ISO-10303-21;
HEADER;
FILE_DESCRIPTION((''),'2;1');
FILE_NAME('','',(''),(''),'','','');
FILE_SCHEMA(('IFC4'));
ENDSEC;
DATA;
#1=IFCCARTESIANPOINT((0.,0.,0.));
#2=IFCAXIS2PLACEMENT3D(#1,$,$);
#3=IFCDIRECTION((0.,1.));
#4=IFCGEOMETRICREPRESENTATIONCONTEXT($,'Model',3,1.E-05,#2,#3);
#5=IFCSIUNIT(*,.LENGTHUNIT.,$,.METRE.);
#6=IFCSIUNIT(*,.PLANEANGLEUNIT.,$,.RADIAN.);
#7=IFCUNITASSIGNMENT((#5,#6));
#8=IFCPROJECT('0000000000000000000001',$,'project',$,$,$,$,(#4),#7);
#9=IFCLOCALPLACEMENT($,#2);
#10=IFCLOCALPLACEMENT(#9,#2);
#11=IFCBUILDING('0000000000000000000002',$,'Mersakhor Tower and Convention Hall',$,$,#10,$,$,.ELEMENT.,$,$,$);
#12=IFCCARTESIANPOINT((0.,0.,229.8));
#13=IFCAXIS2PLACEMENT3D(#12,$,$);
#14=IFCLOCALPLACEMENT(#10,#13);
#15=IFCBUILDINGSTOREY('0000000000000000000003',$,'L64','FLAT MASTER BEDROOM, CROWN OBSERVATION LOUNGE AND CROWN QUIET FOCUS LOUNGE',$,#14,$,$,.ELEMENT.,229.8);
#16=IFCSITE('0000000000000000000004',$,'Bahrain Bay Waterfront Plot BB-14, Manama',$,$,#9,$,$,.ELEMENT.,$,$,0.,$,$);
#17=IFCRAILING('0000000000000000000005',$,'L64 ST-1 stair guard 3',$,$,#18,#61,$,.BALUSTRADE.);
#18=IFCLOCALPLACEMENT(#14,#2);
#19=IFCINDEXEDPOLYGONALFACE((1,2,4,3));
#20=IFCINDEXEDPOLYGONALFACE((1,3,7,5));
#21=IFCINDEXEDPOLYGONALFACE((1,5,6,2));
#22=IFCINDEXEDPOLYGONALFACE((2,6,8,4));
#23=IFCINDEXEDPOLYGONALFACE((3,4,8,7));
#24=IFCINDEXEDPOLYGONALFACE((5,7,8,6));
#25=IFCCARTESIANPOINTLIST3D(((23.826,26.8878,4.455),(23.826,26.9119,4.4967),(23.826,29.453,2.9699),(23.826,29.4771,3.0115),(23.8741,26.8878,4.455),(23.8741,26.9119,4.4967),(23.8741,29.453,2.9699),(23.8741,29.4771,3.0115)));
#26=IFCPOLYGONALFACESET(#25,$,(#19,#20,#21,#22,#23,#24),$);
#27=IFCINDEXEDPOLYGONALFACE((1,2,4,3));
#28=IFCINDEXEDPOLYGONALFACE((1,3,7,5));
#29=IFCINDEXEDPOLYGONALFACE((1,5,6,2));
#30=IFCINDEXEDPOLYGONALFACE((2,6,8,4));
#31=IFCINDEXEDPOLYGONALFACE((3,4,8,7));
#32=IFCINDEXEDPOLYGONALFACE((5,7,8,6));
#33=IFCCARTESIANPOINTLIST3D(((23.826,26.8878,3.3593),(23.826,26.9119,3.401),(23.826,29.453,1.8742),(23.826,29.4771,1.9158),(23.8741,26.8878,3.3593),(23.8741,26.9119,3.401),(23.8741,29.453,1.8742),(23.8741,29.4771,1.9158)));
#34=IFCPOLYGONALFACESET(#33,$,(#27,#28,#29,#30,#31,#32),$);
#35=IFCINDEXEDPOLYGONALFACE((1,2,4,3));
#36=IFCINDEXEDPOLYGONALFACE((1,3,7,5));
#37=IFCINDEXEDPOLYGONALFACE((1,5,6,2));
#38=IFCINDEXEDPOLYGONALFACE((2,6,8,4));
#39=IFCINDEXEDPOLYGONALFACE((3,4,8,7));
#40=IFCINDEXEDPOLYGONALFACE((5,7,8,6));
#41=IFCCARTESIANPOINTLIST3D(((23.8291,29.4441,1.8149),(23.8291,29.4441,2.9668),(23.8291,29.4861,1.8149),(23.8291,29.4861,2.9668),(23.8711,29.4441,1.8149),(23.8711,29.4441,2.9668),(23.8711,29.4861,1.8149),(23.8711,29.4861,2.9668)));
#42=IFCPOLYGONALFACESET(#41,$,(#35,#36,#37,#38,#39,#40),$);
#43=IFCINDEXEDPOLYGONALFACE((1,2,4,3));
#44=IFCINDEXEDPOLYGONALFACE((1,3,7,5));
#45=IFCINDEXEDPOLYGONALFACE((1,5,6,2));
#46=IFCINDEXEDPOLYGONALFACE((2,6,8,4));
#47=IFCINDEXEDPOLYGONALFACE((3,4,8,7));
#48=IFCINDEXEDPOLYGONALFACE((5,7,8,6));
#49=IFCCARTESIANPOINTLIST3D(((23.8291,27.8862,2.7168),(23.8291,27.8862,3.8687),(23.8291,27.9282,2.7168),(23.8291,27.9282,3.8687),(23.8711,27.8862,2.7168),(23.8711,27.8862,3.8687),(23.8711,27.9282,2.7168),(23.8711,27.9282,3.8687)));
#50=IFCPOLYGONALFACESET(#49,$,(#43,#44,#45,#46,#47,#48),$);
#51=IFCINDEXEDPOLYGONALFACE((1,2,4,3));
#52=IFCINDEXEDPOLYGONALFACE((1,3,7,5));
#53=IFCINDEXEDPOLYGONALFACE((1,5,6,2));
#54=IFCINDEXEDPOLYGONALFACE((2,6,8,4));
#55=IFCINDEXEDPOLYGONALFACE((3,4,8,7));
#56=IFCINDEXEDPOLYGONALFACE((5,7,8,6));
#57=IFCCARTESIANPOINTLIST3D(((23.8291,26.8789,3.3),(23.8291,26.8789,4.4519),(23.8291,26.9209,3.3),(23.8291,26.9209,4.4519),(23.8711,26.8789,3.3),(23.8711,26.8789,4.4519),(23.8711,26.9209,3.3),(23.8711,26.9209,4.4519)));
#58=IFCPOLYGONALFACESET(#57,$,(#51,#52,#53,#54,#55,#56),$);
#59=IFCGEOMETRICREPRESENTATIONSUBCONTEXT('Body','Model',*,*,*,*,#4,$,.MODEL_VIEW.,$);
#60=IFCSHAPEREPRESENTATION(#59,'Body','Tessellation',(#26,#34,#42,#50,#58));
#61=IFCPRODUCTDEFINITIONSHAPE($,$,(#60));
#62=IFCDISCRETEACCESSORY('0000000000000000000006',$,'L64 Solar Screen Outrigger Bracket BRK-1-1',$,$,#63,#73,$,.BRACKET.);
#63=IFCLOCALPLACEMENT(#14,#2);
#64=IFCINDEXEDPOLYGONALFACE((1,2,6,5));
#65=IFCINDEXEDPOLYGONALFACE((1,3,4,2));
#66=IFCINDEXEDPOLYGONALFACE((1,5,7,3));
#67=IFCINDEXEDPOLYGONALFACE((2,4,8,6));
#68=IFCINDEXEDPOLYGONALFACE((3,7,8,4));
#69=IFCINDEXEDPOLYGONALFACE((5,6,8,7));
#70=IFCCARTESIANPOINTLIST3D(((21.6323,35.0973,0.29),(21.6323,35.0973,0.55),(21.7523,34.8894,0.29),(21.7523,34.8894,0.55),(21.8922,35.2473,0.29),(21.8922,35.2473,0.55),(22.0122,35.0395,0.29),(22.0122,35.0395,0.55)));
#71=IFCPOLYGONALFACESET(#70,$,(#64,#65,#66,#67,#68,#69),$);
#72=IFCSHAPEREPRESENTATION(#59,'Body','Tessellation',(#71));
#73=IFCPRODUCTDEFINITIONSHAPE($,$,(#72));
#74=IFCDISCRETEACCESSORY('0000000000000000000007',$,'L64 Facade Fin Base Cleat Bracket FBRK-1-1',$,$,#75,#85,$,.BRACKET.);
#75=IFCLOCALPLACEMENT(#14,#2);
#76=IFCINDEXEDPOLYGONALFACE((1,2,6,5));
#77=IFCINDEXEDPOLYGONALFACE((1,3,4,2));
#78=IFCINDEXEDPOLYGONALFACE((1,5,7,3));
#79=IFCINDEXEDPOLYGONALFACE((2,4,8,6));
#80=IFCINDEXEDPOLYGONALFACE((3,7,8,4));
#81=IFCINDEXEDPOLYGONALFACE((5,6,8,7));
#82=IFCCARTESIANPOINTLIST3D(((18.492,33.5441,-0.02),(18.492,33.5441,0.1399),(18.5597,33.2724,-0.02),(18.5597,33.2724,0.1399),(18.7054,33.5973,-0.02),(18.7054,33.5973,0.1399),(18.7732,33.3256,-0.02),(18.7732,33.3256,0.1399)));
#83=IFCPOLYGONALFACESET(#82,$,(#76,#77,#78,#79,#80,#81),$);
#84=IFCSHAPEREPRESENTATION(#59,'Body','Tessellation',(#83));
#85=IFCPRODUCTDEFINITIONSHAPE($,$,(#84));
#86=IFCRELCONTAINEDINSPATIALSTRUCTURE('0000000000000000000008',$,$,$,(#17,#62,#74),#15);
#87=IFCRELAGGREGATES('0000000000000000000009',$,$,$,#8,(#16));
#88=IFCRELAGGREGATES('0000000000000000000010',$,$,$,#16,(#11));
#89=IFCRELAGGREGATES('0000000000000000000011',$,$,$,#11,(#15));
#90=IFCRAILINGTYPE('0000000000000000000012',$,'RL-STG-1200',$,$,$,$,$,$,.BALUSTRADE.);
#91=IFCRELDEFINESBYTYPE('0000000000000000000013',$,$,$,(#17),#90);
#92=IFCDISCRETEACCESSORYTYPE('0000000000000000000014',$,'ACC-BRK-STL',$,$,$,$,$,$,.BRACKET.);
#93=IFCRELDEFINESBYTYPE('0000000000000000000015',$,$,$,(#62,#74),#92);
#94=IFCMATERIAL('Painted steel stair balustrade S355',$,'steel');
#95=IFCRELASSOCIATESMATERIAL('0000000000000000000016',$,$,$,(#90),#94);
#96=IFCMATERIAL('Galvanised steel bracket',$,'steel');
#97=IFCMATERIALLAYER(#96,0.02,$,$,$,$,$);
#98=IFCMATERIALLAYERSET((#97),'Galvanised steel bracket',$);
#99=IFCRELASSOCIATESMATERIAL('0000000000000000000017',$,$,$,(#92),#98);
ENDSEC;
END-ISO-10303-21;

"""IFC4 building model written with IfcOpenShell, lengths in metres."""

from ifc_helpers import new_model, si_unit, direction, frame, origin, origin_2d, place, context, subcontext, project, spatial, rectangle, extrude, material, layer, layer_set, type_object, element, save


model = new_model("IFC4")

# Units and contexts
model_context = context("Model", 3, precision=1e-05, world=origin(), true_north=direction((0.0, 1.0)))
body_context = subcontext(model_context, "Body", "Model", "MODEL_VIEW")
ifc_project = project(units=[si_unit("LENGTHUNIT", "METRE"), si_unit("PLANEANGLEUNIT", "RADIAN")], contexts=[model_context])

# Site, building, storey
site_placement = place(None, origin())
site = spatial("IfcSite", under=ifc_project, at=site_placement, Name="Bahrain Bay Waterfront Plot BB-14, Manama", CompositionType="ELEMENT", RefElevation=0.0)
building_placement = place(site_placement, origin())
building = spatial("IfcBuilding", under=site, at=building_placement, Name="Mersakhor Tower and Convention Hall", CompositionType="ELEMENT")
storey_placement = place(building_placement, frame((0.0, 0.0, 229.8)))
storey = spatial("IfcBuildingStorey", under=building, at=storey_placement, Name="L64", Description="FLAT MASTER BEDROOM, CROWN OBSERVATION LOUNGE AND CROWN QUIET FOCUS LOUNGE", CompositionType="ELEMENT", Elevation=229.8)

# Railing
ifc_material_1 = material(Name="Painted steel stair balustrade S355", Category="steel")
railing_type_1 = type_object("IfcRailingType", Name="RL-STG-1200", PredefinedType="BALUSTRADE", material=ifc_material_1)
railing_1_placement = place(storey_placement, frame((23.8501, 29.4651, 1.8149)))
element("IfcRailing", 1, at=railing_1_placement, inside=storey, type_object=railing_type_1, Name="L64 ST-1 stair guard 3", PredefinedType="BALUSTRADE", context=body_context, shape_type="SweptSolid", body=[
    extrude(rectangle(XDim=0.0481, YDim=0.0481, at=origin_2d()), frame((0.0, 0.0, 1.1758), z_axis=(0.0, -0.865426, 0.501036), x_axis=(1.0, 0.0, 0.0)), (0.0, 0.0, 1.0), 2.9641),
    extrude(rectangle(XDim=0.0481, YDim=0.0481, at=origin_2d()), frame((0.0, 0.0, 0.0801), z_axis=(0.0, -0.865426, 0.501036), x_axis=(1.0, 0.0, 0.0)), (0.0, 0.0, 1.0), 2.9641),
    extrude(rectangle(XDim=0.042, YDim=0.042, at=origin_2d()), origin(), (0.0, 0.0, 1.0), 1.1519),
    extrude(rectangle(XDim=0.042, YDim=0.042, at=origin_2d()), frame((0.0, -1.5579, 0.9019)), (0.0, 0.0, 1.0), 1.1519),
    extrude(rectangle(XDim=0.042, YDim=0.042, at=origin_2d()), frame((0.0, -2.5652, 1.4851)), (0.0, 0.0, 1.0), 1.1519),
])

# Discrete accessories
ifc_material_2 = material(Name="Galvanised steel bracket", Category="steel")
ifc_layer_1 = layer(ifc_material_2, 0.02)
ifc_layer_set_1 = layer_set([ifc_layer_1], Name="Galvanised steel bracket")
discrete_accessory_type = type_object("IfcDiscreteAccessoryType", Name="ACC-BRK-STL", PredefinedType="BRACKET", material=ifc_layer_set_1)
discrete_accessory_1_placement = place(storey_placement, frame((21.8223, 35.0684, 0.29), z_axis=(0.0, 0.0, 1.0), x_axis=(0.866025, 0.5, 0.0)))
element("IfcDiscreteAccessory", 2, at=discrete_accessory_1_placement, inside=storey, type_object=discrete_accessory_type, Name="L64 Solar Screen Outrigger Bracket BRK-1-1", PredefinedType="BRACKET", context=body_context, shape_type="SweptSolid", body=[
    extrude(rectangle(XDim=0.3, YDim=0.24, at=origin_2d()), origin(), (0.0, 0.0, 1.0), 0.26),
])
discrete_accessory_2_placement = place(storey_placement, frame((18.6326, 33.4348, -0.02), z_axis=(0.0, 0.0, 1.0), x_axis=(-0.241922, 0.970296, 0.0)))
element("IfcDiscreteAccessory", 3, at=discrete_accessory_2_placement, inside=storey, type_object=discrete_accessory_type, Name="L64 Facade Fin Base Cleat Bracket FBRK-1-1", PredefinedType="BRACKET", context=body_context, shape_type="SweptSolid", body=[
    extrude(rectangle(XDim=0.28, YDim=0.22, at=origin_2d()), origin(), (0.0, 0.0, 1.0), 0.1599),
])

save(model, "model.ifc")
